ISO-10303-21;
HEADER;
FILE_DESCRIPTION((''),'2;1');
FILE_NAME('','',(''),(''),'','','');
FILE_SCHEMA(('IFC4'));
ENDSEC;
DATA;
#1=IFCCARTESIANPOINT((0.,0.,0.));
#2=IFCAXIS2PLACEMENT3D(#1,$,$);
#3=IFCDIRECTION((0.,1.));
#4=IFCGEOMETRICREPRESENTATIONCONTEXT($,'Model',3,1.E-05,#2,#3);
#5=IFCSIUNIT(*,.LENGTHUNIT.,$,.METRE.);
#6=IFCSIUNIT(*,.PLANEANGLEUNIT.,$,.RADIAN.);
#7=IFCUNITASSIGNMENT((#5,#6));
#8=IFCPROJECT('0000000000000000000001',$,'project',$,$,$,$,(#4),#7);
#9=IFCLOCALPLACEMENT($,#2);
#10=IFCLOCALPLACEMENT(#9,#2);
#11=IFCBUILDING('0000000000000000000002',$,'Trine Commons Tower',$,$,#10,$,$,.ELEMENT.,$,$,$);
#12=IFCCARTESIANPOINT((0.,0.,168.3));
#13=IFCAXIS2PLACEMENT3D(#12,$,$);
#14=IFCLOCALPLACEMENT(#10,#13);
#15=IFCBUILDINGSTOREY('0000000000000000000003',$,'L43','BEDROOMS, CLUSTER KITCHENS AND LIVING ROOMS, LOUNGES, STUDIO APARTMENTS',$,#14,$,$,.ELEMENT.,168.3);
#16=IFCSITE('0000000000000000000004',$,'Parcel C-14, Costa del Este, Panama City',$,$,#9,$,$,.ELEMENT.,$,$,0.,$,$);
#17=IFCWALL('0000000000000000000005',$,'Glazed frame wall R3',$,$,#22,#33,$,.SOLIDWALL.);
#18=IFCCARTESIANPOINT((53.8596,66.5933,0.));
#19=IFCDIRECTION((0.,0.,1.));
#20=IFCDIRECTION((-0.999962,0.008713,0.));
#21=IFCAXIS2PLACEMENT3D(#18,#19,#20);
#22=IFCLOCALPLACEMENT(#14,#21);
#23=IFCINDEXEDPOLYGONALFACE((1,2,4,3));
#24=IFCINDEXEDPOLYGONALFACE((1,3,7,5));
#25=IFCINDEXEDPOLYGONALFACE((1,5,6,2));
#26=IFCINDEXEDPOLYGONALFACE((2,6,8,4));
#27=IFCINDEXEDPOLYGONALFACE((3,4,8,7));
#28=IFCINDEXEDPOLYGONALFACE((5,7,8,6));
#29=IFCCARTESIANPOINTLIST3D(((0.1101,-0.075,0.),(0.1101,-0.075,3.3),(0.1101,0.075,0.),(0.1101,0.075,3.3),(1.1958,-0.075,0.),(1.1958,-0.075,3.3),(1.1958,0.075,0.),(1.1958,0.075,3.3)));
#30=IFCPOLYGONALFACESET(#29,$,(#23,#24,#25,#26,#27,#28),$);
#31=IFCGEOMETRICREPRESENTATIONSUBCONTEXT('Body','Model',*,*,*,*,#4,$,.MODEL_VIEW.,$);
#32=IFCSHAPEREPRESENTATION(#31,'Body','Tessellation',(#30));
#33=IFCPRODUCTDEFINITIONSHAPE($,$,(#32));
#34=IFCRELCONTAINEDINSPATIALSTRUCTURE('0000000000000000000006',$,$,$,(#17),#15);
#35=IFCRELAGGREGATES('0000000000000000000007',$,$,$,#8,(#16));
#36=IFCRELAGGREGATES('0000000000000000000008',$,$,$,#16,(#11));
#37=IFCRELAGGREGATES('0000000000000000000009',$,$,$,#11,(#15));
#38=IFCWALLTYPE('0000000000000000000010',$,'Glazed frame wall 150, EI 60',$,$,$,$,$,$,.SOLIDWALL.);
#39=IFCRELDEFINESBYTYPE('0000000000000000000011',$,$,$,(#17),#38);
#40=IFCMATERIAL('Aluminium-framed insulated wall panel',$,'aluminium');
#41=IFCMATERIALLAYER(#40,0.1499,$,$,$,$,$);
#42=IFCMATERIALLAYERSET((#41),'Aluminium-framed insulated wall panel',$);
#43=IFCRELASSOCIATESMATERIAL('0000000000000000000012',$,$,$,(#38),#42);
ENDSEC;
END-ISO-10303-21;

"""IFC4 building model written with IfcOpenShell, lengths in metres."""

from ifc_helpers import new_model, si_unit, direction, frame, origin, place, context, subcontext, project, spatial, polyline, outline, extrude, material, layer, layer_set, type_object, element, save


model = new_model("IFC4")

# Units and contexts
model_context = context("Model", 3, precision=1e-05, world=origin(), true_north=direction((0.0, 1.0)))
body_context = subcontext(model_context, "Body", "Model", "MODEL_VIEW")
ifc_project = project(units=[si_unit("LENGTHUNIT", "METRE"), si_unit("PLANEANGLEUNIT", "RADIAN")], contexts=[model_context])

# Site, building, storey
site_placement = place(None, origin())
site = spatial("IfcSite", under=ifc_project, at=site_placement, Name="Parcel C-14, Costa del Este, Panama City", CompositionType="ELEMENT", RefElevation=0.0)
building_placement = place(site_placement, origin())
building = spatial("IfcBuilding", under=site, at=building_placement, Name="Trine Commons Tower", CompositionType="ELEMENT")
storey_placement = place(building_placement, frame((0.0, 0.0, 168.3)))
storey = spatial("IfcBuildingStorey", under=building, at=storey_placement, Name="L43", Description="BEDROOMS, CLUSTER KITCHENS AND LIVING ROOMS, LOUNGES, STUDIO APARTMENTS", CompositionType="ELEMENT", Elevation=168.3)

# Shared definitions
ifc_material_1 = material(Name="Aluminium-framed insulated wall panel", Category="aluminium")
ifc_layer_1 = layer(ifc_material_1, 0.1499)
ifc_layer_set_1 = layer_set([ifc_layer_1], Name="Aluminium-framed insulated wall panel")
wall_type_1 = type_object("IfcWallType", Name="Glazed frame wall 150, EI 60", PredefinedType="SOLIDWALL", material=ifc_layer_set_1)

# Wall
wall_1_placement = place(storey_placement, frame((53.8596, 66.5933, 0.0), z_axis=(0.0, 0.0, 1.0), x_axis=(-0.999962, 0.008713, 0.0)))
element("IfcWall", 1, at=wall_1_placement, inside=storey, type_object=wall_type_1, Name="Glazed frame wall R3", PredefinedType="SOLIDWALL", context=body_context, shape_type="SweptSolid", body=[
    extrude(outline(polyline([(0.1101, 0.075), (0.1101, -0.075), (1.1958, -0.075), (1.1958, 0.075), (0.1101, 0.075)])), origin(), (0.0, 0.0, 1.0), 3.3),
])

save(model, "model.ifc")
